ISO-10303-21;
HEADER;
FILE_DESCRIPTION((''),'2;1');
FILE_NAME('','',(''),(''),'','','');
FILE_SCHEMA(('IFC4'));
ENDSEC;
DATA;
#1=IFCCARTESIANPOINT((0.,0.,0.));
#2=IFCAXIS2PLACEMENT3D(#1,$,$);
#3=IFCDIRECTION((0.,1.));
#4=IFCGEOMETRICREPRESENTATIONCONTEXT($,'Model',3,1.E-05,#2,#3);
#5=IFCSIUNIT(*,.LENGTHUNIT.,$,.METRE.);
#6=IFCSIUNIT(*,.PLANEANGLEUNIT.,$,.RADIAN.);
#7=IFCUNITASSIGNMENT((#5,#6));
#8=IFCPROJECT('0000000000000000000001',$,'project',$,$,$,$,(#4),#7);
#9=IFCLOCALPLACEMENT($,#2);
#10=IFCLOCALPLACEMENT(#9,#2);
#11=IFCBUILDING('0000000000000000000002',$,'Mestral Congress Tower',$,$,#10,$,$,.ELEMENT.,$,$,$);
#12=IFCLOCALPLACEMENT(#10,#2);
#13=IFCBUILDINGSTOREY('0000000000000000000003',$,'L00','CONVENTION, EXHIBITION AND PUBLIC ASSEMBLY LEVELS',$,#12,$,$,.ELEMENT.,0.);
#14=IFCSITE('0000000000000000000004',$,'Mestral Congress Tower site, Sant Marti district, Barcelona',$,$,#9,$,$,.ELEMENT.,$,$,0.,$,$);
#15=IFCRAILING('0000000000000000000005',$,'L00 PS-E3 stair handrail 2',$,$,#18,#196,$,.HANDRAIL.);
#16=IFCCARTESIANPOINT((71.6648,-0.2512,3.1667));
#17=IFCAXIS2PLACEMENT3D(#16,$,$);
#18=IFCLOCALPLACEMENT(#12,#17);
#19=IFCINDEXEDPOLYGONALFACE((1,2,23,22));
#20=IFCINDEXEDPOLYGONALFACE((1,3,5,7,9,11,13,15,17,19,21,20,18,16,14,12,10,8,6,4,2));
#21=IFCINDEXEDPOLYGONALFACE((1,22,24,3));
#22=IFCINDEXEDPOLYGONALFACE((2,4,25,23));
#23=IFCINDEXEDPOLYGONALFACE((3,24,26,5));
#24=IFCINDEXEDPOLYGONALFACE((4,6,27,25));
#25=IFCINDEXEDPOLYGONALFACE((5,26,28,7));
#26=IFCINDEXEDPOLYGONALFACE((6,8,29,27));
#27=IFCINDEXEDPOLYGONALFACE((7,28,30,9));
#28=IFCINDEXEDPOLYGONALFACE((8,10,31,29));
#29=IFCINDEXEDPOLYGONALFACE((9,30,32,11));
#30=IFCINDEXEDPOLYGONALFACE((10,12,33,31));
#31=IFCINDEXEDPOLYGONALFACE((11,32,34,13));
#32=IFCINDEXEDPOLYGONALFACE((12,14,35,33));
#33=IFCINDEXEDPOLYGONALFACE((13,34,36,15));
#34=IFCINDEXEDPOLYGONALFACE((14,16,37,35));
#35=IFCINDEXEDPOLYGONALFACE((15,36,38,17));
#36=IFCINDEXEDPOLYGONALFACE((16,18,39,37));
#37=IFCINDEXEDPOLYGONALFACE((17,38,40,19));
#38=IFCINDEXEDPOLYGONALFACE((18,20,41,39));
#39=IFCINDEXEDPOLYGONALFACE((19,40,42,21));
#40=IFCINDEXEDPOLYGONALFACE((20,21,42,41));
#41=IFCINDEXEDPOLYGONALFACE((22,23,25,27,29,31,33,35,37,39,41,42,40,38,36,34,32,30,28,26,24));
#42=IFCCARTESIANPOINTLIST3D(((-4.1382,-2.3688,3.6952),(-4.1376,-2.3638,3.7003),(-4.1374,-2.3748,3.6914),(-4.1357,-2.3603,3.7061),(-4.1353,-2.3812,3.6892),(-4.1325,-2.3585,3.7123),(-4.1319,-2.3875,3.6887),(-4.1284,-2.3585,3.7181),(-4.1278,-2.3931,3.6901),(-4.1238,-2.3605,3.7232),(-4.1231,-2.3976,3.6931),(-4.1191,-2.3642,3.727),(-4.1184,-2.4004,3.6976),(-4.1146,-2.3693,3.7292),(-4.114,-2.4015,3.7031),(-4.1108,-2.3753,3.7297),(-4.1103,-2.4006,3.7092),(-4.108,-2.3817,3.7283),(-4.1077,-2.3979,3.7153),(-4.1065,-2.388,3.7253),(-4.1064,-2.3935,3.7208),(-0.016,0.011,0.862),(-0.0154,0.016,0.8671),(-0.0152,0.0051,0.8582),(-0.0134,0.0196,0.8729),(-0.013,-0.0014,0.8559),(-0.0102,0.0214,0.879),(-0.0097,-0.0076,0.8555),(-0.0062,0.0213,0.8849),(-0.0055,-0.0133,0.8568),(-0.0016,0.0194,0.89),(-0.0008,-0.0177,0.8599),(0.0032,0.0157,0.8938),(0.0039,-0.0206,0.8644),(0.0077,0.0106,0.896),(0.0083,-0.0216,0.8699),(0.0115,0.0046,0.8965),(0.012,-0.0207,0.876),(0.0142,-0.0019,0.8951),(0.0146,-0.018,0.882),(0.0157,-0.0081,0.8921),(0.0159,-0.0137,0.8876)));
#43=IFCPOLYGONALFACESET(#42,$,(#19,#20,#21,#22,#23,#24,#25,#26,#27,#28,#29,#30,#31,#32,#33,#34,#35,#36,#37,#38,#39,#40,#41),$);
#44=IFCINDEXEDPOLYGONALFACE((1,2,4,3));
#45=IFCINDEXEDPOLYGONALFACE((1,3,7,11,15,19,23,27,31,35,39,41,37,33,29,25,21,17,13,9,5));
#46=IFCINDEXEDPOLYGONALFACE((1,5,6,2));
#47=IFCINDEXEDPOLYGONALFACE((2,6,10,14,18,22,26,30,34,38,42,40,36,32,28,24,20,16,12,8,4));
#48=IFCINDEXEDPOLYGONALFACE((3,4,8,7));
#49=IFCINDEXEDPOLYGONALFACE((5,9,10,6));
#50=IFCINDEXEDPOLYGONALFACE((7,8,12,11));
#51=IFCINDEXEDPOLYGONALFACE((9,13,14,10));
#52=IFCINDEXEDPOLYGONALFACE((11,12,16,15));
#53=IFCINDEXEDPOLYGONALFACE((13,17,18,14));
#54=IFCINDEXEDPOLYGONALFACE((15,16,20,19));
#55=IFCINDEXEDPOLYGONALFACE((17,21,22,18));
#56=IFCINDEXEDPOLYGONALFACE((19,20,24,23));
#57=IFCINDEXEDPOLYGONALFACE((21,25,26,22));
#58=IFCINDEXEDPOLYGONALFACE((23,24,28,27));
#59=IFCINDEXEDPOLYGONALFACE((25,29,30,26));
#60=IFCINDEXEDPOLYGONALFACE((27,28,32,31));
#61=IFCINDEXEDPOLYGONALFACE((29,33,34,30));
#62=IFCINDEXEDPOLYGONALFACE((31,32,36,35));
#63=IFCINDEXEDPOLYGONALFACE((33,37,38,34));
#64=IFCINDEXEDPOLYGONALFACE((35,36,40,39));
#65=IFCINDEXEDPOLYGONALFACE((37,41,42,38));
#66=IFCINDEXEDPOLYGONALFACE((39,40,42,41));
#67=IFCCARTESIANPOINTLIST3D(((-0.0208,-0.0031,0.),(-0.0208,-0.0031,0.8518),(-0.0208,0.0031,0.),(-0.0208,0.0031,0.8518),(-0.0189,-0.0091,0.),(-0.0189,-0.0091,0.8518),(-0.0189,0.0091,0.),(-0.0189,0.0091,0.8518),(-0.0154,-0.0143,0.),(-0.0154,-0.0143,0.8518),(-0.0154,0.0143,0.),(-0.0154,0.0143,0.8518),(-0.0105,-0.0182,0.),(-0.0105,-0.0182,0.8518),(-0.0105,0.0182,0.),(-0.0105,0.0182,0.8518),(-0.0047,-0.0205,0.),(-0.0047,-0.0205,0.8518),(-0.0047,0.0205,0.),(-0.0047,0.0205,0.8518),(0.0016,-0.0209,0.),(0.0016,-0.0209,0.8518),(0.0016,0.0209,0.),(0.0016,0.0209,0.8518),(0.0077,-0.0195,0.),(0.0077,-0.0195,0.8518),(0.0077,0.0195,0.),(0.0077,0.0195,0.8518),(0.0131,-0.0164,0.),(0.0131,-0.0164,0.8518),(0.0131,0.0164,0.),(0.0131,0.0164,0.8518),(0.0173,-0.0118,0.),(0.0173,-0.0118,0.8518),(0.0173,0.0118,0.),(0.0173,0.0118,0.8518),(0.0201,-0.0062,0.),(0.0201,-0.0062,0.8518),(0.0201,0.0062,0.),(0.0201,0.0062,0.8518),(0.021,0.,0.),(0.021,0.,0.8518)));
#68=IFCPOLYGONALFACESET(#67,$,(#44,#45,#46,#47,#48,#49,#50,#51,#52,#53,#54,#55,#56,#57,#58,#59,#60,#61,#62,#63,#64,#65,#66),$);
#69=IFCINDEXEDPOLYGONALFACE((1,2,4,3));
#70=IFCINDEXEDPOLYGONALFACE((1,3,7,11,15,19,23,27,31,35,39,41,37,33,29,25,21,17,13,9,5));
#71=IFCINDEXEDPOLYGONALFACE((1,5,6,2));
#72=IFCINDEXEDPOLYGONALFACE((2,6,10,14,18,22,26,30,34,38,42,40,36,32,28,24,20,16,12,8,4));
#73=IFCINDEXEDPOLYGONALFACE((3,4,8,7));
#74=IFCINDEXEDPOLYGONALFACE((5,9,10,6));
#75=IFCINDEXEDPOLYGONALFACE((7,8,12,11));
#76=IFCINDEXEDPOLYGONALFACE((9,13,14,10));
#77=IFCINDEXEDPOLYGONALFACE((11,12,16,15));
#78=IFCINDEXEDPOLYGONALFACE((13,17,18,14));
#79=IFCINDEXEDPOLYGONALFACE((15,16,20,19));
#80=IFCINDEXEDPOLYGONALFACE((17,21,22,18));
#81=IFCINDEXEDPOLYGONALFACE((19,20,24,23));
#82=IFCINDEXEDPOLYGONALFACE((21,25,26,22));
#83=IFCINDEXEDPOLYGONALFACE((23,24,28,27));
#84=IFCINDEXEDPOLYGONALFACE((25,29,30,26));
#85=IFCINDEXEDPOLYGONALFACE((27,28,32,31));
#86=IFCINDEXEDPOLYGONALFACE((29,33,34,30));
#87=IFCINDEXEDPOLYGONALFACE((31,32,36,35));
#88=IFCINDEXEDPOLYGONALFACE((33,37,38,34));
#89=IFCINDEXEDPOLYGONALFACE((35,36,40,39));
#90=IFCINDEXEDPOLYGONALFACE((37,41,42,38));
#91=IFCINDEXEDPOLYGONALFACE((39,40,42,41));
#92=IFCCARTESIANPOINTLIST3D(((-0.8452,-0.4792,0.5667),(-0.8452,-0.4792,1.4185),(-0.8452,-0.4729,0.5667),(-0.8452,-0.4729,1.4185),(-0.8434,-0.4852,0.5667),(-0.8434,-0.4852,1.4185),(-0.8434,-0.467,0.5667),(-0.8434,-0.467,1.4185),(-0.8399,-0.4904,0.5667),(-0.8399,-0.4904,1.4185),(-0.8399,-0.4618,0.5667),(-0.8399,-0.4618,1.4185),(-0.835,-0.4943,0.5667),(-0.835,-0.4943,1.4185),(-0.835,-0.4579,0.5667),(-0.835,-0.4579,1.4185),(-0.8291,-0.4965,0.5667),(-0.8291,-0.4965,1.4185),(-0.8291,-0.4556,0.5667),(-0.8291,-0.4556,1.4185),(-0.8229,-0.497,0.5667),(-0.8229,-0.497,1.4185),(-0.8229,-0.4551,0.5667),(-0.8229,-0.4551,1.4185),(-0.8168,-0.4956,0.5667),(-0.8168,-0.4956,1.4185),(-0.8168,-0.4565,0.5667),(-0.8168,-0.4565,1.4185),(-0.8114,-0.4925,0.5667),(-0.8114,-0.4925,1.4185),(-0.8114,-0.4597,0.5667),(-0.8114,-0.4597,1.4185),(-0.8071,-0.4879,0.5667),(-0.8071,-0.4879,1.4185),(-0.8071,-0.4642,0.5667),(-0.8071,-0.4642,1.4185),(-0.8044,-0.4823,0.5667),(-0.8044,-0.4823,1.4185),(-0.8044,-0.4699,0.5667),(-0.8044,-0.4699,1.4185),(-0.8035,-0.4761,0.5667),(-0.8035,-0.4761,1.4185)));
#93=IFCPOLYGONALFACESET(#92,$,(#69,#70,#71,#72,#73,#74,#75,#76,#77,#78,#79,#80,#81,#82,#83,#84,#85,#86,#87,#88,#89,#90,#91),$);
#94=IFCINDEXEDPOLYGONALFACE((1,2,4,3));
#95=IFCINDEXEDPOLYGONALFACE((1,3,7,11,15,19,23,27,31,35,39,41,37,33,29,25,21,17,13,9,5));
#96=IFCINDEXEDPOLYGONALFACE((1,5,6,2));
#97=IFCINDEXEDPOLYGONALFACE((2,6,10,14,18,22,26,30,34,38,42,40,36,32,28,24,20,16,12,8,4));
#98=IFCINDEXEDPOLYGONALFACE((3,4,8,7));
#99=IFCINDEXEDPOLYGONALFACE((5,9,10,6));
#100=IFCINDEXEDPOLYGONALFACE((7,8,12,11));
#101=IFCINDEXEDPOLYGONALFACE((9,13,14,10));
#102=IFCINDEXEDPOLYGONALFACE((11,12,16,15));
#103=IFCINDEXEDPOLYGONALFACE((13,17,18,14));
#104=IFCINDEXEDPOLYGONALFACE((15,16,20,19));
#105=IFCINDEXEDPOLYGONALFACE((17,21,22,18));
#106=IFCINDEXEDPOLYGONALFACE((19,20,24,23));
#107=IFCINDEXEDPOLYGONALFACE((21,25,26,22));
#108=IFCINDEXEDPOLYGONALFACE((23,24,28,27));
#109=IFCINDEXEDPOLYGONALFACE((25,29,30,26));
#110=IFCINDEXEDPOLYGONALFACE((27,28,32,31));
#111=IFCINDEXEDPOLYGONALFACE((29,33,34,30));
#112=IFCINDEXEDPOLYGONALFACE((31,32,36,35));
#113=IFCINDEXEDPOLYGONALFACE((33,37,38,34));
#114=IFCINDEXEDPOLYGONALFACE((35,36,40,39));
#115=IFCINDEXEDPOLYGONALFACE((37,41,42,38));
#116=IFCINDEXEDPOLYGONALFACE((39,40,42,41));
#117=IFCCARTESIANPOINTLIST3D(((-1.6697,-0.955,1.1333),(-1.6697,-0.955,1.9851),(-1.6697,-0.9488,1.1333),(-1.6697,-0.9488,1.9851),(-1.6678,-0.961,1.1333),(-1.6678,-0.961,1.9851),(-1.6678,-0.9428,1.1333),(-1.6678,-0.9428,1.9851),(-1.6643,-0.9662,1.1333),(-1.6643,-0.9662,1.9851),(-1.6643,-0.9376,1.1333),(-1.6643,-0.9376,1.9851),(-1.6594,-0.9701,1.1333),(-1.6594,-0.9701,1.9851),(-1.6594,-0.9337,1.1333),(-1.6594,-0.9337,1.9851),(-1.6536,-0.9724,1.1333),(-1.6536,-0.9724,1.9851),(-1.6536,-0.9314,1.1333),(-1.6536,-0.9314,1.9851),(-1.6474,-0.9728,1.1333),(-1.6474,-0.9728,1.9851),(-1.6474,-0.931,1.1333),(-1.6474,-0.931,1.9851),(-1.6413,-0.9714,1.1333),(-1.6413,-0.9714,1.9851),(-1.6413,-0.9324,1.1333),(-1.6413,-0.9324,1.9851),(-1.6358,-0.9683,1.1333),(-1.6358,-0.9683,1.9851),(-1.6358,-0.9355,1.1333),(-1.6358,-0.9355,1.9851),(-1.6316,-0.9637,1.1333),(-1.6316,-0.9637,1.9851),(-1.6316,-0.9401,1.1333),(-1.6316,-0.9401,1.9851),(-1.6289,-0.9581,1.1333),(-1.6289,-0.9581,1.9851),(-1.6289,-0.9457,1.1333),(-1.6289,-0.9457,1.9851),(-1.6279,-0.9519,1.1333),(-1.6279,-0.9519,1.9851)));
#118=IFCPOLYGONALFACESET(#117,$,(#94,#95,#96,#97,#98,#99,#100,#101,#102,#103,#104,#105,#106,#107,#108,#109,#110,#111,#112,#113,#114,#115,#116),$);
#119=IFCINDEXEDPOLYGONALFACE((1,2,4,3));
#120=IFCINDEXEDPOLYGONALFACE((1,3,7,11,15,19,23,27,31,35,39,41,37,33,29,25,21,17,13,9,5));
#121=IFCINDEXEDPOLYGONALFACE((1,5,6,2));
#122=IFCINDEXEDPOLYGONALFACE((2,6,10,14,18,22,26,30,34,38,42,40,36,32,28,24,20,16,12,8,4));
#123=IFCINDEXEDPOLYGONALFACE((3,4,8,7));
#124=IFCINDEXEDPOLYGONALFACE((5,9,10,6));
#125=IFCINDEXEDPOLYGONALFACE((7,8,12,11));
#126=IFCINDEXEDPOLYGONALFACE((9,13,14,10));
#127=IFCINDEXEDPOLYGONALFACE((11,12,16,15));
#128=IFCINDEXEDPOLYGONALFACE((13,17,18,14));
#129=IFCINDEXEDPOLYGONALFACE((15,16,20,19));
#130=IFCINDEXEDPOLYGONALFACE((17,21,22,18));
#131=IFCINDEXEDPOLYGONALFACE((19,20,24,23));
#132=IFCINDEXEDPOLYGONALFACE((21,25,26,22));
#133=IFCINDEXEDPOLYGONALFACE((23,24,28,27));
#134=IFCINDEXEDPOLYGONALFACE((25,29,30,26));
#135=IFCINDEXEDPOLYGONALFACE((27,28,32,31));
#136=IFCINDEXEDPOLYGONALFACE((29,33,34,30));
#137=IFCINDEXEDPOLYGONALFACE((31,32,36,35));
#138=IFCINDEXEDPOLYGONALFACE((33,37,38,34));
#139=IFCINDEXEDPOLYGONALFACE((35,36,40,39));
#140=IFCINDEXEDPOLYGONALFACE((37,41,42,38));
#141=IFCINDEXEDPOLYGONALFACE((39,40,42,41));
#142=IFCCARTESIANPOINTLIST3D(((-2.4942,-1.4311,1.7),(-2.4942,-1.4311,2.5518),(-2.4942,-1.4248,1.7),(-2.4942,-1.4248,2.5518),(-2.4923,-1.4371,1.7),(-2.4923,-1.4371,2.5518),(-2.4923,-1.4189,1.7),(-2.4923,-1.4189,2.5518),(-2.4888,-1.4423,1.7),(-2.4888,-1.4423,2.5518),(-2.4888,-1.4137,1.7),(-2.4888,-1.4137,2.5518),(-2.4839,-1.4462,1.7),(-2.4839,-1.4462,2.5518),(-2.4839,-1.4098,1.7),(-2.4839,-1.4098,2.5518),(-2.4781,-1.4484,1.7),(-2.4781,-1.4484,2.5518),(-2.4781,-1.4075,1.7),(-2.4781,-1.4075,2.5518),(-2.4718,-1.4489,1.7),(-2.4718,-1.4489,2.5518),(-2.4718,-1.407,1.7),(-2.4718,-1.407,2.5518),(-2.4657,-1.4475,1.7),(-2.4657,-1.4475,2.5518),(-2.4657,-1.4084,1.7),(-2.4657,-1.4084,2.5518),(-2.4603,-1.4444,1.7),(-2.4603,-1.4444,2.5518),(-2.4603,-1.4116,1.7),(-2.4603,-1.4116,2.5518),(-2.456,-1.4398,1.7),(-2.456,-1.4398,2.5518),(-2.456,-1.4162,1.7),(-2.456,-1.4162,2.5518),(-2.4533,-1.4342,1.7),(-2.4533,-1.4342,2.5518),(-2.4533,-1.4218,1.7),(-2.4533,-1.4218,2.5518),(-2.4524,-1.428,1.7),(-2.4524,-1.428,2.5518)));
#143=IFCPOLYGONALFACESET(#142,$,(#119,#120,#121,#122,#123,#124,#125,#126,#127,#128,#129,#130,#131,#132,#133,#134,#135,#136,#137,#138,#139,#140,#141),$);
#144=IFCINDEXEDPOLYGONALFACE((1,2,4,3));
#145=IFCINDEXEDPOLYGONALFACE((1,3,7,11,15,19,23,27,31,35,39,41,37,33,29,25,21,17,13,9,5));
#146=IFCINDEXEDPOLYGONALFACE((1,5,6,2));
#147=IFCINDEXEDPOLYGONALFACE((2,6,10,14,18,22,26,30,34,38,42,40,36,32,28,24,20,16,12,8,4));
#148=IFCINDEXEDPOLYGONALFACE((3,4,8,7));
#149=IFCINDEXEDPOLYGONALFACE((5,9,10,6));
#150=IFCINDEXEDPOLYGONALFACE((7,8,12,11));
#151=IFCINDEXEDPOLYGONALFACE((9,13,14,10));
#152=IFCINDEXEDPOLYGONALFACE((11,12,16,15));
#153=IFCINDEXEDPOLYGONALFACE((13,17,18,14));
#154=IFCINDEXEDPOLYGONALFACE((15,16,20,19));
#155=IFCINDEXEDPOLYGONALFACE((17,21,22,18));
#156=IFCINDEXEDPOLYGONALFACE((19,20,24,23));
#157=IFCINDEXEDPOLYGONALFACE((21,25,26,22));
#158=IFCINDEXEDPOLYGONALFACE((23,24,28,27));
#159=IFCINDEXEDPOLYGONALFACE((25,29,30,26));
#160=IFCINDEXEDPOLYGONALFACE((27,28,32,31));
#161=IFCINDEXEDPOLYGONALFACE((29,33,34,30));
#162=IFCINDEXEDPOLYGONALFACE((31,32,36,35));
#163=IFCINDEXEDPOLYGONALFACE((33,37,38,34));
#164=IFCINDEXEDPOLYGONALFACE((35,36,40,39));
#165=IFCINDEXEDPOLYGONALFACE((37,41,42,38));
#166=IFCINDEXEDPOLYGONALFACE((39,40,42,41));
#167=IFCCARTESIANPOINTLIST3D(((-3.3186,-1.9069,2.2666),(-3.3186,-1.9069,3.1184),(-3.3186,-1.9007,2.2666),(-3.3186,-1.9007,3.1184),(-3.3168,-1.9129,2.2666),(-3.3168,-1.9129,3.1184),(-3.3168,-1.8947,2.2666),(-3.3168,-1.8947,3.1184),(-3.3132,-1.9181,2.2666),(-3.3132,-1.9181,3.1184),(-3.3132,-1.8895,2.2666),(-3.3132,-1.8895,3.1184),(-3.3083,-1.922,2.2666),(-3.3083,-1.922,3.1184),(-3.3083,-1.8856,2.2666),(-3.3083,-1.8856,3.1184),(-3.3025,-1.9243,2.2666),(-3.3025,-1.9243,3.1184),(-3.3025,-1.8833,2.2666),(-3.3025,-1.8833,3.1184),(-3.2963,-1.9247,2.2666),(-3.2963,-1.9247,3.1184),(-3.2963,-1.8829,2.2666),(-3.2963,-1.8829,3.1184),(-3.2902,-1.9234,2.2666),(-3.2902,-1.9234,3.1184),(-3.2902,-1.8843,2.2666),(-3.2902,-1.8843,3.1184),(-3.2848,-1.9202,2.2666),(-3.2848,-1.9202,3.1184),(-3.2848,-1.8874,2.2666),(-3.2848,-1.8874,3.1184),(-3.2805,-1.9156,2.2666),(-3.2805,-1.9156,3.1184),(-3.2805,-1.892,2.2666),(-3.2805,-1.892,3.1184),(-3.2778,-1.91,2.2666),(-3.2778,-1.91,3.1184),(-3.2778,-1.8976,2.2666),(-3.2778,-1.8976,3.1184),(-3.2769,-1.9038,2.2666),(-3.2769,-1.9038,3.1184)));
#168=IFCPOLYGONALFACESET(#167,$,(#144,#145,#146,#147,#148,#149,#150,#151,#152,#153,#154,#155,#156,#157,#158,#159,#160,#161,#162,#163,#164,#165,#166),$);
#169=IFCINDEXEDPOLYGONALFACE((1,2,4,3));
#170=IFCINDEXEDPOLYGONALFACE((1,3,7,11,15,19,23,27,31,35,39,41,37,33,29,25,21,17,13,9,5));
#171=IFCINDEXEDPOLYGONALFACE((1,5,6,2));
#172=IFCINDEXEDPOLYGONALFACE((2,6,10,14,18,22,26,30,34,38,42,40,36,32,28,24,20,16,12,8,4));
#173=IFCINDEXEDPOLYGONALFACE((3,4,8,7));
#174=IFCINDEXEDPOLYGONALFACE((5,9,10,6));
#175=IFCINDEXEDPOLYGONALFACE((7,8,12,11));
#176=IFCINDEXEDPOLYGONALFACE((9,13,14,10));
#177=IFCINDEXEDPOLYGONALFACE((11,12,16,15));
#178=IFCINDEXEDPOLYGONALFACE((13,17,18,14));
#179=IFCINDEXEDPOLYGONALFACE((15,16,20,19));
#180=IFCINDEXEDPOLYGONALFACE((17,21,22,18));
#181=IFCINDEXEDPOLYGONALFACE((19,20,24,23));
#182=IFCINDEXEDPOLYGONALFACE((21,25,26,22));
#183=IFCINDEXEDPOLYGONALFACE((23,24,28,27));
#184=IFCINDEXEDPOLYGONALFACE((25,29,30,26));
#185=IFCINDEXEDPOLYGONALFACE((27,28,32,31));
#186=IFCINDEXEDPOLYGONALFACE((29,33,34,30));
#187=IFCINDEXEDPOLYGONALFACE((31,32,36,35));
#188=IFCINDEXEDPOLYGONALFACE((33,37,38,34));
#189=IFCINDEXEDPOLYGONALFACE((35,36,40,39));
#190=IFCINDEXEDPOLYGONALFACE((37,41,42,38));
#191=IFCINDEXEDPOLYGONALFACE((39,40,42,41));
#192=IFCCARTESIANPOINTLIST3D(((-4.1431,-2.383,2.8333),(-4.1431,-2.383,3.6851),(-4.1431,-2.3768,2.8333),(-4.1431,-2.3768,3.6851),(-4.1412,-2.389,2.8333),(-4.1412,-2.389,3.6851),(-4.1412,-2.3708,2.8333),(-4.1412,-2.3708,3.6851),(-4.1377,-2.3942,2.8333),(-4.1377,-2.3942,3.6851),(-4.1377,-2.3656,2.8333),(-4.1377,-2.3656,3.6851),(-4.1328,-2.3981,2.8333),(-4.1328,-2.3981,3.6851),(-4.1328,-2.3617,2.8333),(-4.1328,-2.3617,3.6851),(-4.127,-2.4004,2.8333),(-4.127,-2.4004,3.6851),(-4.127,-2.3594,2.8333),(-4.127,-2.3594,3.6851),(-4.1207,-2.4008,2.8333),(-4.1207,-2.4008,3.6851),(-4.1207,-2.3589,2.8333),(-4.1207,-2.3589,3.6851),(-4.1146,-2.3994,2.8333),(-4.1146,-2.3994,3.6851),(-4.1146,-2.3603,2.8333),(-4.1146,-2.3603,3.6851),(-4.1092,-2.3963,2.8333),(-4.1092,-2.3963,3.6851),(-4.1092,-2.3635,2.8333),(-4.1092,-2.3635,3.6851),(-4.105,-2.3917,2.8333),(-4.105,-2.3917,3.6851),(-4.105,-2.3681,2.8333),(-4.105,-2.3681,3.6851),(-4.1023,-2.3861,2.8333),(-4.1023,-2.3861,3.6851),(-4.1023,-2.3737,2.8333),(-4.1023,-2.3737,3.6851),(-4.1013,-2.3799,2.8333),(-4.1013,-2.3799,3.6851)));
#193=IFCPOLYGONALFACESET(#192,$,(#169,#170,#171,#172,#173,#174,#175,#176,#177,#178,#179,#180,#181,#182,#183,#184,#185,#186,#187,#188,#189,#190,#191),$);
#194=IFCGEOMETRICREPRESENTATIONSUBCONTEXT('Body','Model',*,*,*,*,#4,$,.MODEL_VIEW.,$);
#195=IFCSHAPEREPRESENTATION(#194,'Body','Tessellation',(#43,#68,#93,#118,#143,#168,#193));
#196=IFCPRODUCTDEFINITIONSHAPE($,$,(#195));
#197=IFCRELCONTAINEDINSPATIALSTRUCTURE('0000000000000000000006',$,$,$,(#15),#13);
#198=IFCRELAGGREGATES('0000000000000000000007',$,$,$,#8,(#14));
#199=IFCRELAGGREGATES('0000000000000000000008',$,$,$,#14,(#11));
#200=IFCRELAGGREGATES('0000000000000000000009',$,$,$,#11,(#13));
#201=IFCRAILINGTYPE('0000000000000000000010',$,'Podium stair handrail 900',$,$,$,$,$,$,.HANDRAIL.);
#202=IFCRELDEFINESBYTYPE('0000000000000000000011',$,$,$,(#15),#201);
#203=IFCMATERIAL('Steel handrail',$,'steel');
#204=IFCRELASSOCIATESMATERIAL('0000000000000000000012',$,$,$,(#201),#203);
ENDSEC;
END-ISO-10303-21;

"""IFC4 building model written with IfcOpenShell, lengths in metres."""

from ifc_helpers import new_model, si_unit, direction, frame, origin, origin_2d, place, context, subcontext, project, spatial, circle, extrude, material, type_object, element, save


model = new_model("IFC4")

# Units and contexts
model_context = context("Model", 3, precision=1e-05, world=origin(), true_north=direction((0.0, 1.0)))
body_context = subcontext(model_context, "Body", "Model", "MODEL_VIEW")
ifc_project = project(units=[si_unit("LENGTHUNIT", "METRE"), si_unit("PLANEANGLEUNIT", "RADIAN")], contexts=[model_context])

# Site, building, storey
site_placement = place(None, origin())
site = spatial("IfcSite", under=ifc_project, at=site_placement, Name="Mestral Congress Tower site, Sant Marti district, Barcelona", CompositionType="ELEMENT", RefElevation=0.0)
building_placement = place(site_placement, origin())
building = spatial("IfcBuilding", under=site, at=building_placement, Name="Mestral Congress Tower", CompositionType="ELEMENT")
storey_placement = place(building_placement, origin())
storey = spatial("IfcBuildingStorey", under=building, at=storey_placement, Name="L00", Description="CONVENTION, EXHIBITION AND PUBLIC ASSEMBLY LEVELS", CompositionType="ELEMENT", Elevation=0.0)

# Railing
ifc_material_1 = material(Name="Steel handrail", Category="steel")
railing_type_1 = type_object("IfcRailingType", Name="Podium stair handrail 900", PredefinedType="HANDRAIL", material=ifc_material_1)
railing_1_placement = place(storey_placement, frame((71.6648, -0.2512, 3.1667)))
element("IfcRailing", 1, at=railing_1_placement, inside=storey, type_object=railing_type_1, Name="L00 PS-E3 stair handrail 2", PredefinedType="HANDRAIL", context=body_context, shape_type="SweptSolid", body=[
    extrude(circle(Radius=0.0239, at=origin_2d()), frame((0.0, 0.0, 0.876), z_axis=(-0.744185, -0.42963, 0.511475), x_axis=(0.499978, -0.866038, 0.0)), (0.0, 0.0, 1.0), 5.5393),
    extrude(circle(Radius=0.021, at=origin_2d()), origin(), (0.0, 0.0, 1.0), 0.8518),
    extrude(circle(Radius=0.021, at=origin_2d()), frame((-0.8245, -0.4761, 0.5667)), (0.0, 0.0, 1.0), 0.8518),
    extrude(circle(Radius=0.021, at=origin_2d()), frame((-1.6489, -0.9519, 1.1333)), (0.0, 0.0, 1.0), 0.8518),
    extrude(circle(Radius=0.021, at=origin_2d()), frame((-2.4734, -1.428, 1.7)), (0.0, 0.0, 1.0), 0.8518),
    extrude(circle(Radius=0.021, at=origin_2d()), frame((-3.2979, -1.9038, 2.2666)), (0.0, 0.0, 1.0), 0.8518),
    extrude(circle(Radius=0.021, at=origin_2d()), frame((-4.1223, -2.3799, 2.8333)), (0.0, 0.0, 1.0), 0.8518),
])

save(model, "model.ifc")
